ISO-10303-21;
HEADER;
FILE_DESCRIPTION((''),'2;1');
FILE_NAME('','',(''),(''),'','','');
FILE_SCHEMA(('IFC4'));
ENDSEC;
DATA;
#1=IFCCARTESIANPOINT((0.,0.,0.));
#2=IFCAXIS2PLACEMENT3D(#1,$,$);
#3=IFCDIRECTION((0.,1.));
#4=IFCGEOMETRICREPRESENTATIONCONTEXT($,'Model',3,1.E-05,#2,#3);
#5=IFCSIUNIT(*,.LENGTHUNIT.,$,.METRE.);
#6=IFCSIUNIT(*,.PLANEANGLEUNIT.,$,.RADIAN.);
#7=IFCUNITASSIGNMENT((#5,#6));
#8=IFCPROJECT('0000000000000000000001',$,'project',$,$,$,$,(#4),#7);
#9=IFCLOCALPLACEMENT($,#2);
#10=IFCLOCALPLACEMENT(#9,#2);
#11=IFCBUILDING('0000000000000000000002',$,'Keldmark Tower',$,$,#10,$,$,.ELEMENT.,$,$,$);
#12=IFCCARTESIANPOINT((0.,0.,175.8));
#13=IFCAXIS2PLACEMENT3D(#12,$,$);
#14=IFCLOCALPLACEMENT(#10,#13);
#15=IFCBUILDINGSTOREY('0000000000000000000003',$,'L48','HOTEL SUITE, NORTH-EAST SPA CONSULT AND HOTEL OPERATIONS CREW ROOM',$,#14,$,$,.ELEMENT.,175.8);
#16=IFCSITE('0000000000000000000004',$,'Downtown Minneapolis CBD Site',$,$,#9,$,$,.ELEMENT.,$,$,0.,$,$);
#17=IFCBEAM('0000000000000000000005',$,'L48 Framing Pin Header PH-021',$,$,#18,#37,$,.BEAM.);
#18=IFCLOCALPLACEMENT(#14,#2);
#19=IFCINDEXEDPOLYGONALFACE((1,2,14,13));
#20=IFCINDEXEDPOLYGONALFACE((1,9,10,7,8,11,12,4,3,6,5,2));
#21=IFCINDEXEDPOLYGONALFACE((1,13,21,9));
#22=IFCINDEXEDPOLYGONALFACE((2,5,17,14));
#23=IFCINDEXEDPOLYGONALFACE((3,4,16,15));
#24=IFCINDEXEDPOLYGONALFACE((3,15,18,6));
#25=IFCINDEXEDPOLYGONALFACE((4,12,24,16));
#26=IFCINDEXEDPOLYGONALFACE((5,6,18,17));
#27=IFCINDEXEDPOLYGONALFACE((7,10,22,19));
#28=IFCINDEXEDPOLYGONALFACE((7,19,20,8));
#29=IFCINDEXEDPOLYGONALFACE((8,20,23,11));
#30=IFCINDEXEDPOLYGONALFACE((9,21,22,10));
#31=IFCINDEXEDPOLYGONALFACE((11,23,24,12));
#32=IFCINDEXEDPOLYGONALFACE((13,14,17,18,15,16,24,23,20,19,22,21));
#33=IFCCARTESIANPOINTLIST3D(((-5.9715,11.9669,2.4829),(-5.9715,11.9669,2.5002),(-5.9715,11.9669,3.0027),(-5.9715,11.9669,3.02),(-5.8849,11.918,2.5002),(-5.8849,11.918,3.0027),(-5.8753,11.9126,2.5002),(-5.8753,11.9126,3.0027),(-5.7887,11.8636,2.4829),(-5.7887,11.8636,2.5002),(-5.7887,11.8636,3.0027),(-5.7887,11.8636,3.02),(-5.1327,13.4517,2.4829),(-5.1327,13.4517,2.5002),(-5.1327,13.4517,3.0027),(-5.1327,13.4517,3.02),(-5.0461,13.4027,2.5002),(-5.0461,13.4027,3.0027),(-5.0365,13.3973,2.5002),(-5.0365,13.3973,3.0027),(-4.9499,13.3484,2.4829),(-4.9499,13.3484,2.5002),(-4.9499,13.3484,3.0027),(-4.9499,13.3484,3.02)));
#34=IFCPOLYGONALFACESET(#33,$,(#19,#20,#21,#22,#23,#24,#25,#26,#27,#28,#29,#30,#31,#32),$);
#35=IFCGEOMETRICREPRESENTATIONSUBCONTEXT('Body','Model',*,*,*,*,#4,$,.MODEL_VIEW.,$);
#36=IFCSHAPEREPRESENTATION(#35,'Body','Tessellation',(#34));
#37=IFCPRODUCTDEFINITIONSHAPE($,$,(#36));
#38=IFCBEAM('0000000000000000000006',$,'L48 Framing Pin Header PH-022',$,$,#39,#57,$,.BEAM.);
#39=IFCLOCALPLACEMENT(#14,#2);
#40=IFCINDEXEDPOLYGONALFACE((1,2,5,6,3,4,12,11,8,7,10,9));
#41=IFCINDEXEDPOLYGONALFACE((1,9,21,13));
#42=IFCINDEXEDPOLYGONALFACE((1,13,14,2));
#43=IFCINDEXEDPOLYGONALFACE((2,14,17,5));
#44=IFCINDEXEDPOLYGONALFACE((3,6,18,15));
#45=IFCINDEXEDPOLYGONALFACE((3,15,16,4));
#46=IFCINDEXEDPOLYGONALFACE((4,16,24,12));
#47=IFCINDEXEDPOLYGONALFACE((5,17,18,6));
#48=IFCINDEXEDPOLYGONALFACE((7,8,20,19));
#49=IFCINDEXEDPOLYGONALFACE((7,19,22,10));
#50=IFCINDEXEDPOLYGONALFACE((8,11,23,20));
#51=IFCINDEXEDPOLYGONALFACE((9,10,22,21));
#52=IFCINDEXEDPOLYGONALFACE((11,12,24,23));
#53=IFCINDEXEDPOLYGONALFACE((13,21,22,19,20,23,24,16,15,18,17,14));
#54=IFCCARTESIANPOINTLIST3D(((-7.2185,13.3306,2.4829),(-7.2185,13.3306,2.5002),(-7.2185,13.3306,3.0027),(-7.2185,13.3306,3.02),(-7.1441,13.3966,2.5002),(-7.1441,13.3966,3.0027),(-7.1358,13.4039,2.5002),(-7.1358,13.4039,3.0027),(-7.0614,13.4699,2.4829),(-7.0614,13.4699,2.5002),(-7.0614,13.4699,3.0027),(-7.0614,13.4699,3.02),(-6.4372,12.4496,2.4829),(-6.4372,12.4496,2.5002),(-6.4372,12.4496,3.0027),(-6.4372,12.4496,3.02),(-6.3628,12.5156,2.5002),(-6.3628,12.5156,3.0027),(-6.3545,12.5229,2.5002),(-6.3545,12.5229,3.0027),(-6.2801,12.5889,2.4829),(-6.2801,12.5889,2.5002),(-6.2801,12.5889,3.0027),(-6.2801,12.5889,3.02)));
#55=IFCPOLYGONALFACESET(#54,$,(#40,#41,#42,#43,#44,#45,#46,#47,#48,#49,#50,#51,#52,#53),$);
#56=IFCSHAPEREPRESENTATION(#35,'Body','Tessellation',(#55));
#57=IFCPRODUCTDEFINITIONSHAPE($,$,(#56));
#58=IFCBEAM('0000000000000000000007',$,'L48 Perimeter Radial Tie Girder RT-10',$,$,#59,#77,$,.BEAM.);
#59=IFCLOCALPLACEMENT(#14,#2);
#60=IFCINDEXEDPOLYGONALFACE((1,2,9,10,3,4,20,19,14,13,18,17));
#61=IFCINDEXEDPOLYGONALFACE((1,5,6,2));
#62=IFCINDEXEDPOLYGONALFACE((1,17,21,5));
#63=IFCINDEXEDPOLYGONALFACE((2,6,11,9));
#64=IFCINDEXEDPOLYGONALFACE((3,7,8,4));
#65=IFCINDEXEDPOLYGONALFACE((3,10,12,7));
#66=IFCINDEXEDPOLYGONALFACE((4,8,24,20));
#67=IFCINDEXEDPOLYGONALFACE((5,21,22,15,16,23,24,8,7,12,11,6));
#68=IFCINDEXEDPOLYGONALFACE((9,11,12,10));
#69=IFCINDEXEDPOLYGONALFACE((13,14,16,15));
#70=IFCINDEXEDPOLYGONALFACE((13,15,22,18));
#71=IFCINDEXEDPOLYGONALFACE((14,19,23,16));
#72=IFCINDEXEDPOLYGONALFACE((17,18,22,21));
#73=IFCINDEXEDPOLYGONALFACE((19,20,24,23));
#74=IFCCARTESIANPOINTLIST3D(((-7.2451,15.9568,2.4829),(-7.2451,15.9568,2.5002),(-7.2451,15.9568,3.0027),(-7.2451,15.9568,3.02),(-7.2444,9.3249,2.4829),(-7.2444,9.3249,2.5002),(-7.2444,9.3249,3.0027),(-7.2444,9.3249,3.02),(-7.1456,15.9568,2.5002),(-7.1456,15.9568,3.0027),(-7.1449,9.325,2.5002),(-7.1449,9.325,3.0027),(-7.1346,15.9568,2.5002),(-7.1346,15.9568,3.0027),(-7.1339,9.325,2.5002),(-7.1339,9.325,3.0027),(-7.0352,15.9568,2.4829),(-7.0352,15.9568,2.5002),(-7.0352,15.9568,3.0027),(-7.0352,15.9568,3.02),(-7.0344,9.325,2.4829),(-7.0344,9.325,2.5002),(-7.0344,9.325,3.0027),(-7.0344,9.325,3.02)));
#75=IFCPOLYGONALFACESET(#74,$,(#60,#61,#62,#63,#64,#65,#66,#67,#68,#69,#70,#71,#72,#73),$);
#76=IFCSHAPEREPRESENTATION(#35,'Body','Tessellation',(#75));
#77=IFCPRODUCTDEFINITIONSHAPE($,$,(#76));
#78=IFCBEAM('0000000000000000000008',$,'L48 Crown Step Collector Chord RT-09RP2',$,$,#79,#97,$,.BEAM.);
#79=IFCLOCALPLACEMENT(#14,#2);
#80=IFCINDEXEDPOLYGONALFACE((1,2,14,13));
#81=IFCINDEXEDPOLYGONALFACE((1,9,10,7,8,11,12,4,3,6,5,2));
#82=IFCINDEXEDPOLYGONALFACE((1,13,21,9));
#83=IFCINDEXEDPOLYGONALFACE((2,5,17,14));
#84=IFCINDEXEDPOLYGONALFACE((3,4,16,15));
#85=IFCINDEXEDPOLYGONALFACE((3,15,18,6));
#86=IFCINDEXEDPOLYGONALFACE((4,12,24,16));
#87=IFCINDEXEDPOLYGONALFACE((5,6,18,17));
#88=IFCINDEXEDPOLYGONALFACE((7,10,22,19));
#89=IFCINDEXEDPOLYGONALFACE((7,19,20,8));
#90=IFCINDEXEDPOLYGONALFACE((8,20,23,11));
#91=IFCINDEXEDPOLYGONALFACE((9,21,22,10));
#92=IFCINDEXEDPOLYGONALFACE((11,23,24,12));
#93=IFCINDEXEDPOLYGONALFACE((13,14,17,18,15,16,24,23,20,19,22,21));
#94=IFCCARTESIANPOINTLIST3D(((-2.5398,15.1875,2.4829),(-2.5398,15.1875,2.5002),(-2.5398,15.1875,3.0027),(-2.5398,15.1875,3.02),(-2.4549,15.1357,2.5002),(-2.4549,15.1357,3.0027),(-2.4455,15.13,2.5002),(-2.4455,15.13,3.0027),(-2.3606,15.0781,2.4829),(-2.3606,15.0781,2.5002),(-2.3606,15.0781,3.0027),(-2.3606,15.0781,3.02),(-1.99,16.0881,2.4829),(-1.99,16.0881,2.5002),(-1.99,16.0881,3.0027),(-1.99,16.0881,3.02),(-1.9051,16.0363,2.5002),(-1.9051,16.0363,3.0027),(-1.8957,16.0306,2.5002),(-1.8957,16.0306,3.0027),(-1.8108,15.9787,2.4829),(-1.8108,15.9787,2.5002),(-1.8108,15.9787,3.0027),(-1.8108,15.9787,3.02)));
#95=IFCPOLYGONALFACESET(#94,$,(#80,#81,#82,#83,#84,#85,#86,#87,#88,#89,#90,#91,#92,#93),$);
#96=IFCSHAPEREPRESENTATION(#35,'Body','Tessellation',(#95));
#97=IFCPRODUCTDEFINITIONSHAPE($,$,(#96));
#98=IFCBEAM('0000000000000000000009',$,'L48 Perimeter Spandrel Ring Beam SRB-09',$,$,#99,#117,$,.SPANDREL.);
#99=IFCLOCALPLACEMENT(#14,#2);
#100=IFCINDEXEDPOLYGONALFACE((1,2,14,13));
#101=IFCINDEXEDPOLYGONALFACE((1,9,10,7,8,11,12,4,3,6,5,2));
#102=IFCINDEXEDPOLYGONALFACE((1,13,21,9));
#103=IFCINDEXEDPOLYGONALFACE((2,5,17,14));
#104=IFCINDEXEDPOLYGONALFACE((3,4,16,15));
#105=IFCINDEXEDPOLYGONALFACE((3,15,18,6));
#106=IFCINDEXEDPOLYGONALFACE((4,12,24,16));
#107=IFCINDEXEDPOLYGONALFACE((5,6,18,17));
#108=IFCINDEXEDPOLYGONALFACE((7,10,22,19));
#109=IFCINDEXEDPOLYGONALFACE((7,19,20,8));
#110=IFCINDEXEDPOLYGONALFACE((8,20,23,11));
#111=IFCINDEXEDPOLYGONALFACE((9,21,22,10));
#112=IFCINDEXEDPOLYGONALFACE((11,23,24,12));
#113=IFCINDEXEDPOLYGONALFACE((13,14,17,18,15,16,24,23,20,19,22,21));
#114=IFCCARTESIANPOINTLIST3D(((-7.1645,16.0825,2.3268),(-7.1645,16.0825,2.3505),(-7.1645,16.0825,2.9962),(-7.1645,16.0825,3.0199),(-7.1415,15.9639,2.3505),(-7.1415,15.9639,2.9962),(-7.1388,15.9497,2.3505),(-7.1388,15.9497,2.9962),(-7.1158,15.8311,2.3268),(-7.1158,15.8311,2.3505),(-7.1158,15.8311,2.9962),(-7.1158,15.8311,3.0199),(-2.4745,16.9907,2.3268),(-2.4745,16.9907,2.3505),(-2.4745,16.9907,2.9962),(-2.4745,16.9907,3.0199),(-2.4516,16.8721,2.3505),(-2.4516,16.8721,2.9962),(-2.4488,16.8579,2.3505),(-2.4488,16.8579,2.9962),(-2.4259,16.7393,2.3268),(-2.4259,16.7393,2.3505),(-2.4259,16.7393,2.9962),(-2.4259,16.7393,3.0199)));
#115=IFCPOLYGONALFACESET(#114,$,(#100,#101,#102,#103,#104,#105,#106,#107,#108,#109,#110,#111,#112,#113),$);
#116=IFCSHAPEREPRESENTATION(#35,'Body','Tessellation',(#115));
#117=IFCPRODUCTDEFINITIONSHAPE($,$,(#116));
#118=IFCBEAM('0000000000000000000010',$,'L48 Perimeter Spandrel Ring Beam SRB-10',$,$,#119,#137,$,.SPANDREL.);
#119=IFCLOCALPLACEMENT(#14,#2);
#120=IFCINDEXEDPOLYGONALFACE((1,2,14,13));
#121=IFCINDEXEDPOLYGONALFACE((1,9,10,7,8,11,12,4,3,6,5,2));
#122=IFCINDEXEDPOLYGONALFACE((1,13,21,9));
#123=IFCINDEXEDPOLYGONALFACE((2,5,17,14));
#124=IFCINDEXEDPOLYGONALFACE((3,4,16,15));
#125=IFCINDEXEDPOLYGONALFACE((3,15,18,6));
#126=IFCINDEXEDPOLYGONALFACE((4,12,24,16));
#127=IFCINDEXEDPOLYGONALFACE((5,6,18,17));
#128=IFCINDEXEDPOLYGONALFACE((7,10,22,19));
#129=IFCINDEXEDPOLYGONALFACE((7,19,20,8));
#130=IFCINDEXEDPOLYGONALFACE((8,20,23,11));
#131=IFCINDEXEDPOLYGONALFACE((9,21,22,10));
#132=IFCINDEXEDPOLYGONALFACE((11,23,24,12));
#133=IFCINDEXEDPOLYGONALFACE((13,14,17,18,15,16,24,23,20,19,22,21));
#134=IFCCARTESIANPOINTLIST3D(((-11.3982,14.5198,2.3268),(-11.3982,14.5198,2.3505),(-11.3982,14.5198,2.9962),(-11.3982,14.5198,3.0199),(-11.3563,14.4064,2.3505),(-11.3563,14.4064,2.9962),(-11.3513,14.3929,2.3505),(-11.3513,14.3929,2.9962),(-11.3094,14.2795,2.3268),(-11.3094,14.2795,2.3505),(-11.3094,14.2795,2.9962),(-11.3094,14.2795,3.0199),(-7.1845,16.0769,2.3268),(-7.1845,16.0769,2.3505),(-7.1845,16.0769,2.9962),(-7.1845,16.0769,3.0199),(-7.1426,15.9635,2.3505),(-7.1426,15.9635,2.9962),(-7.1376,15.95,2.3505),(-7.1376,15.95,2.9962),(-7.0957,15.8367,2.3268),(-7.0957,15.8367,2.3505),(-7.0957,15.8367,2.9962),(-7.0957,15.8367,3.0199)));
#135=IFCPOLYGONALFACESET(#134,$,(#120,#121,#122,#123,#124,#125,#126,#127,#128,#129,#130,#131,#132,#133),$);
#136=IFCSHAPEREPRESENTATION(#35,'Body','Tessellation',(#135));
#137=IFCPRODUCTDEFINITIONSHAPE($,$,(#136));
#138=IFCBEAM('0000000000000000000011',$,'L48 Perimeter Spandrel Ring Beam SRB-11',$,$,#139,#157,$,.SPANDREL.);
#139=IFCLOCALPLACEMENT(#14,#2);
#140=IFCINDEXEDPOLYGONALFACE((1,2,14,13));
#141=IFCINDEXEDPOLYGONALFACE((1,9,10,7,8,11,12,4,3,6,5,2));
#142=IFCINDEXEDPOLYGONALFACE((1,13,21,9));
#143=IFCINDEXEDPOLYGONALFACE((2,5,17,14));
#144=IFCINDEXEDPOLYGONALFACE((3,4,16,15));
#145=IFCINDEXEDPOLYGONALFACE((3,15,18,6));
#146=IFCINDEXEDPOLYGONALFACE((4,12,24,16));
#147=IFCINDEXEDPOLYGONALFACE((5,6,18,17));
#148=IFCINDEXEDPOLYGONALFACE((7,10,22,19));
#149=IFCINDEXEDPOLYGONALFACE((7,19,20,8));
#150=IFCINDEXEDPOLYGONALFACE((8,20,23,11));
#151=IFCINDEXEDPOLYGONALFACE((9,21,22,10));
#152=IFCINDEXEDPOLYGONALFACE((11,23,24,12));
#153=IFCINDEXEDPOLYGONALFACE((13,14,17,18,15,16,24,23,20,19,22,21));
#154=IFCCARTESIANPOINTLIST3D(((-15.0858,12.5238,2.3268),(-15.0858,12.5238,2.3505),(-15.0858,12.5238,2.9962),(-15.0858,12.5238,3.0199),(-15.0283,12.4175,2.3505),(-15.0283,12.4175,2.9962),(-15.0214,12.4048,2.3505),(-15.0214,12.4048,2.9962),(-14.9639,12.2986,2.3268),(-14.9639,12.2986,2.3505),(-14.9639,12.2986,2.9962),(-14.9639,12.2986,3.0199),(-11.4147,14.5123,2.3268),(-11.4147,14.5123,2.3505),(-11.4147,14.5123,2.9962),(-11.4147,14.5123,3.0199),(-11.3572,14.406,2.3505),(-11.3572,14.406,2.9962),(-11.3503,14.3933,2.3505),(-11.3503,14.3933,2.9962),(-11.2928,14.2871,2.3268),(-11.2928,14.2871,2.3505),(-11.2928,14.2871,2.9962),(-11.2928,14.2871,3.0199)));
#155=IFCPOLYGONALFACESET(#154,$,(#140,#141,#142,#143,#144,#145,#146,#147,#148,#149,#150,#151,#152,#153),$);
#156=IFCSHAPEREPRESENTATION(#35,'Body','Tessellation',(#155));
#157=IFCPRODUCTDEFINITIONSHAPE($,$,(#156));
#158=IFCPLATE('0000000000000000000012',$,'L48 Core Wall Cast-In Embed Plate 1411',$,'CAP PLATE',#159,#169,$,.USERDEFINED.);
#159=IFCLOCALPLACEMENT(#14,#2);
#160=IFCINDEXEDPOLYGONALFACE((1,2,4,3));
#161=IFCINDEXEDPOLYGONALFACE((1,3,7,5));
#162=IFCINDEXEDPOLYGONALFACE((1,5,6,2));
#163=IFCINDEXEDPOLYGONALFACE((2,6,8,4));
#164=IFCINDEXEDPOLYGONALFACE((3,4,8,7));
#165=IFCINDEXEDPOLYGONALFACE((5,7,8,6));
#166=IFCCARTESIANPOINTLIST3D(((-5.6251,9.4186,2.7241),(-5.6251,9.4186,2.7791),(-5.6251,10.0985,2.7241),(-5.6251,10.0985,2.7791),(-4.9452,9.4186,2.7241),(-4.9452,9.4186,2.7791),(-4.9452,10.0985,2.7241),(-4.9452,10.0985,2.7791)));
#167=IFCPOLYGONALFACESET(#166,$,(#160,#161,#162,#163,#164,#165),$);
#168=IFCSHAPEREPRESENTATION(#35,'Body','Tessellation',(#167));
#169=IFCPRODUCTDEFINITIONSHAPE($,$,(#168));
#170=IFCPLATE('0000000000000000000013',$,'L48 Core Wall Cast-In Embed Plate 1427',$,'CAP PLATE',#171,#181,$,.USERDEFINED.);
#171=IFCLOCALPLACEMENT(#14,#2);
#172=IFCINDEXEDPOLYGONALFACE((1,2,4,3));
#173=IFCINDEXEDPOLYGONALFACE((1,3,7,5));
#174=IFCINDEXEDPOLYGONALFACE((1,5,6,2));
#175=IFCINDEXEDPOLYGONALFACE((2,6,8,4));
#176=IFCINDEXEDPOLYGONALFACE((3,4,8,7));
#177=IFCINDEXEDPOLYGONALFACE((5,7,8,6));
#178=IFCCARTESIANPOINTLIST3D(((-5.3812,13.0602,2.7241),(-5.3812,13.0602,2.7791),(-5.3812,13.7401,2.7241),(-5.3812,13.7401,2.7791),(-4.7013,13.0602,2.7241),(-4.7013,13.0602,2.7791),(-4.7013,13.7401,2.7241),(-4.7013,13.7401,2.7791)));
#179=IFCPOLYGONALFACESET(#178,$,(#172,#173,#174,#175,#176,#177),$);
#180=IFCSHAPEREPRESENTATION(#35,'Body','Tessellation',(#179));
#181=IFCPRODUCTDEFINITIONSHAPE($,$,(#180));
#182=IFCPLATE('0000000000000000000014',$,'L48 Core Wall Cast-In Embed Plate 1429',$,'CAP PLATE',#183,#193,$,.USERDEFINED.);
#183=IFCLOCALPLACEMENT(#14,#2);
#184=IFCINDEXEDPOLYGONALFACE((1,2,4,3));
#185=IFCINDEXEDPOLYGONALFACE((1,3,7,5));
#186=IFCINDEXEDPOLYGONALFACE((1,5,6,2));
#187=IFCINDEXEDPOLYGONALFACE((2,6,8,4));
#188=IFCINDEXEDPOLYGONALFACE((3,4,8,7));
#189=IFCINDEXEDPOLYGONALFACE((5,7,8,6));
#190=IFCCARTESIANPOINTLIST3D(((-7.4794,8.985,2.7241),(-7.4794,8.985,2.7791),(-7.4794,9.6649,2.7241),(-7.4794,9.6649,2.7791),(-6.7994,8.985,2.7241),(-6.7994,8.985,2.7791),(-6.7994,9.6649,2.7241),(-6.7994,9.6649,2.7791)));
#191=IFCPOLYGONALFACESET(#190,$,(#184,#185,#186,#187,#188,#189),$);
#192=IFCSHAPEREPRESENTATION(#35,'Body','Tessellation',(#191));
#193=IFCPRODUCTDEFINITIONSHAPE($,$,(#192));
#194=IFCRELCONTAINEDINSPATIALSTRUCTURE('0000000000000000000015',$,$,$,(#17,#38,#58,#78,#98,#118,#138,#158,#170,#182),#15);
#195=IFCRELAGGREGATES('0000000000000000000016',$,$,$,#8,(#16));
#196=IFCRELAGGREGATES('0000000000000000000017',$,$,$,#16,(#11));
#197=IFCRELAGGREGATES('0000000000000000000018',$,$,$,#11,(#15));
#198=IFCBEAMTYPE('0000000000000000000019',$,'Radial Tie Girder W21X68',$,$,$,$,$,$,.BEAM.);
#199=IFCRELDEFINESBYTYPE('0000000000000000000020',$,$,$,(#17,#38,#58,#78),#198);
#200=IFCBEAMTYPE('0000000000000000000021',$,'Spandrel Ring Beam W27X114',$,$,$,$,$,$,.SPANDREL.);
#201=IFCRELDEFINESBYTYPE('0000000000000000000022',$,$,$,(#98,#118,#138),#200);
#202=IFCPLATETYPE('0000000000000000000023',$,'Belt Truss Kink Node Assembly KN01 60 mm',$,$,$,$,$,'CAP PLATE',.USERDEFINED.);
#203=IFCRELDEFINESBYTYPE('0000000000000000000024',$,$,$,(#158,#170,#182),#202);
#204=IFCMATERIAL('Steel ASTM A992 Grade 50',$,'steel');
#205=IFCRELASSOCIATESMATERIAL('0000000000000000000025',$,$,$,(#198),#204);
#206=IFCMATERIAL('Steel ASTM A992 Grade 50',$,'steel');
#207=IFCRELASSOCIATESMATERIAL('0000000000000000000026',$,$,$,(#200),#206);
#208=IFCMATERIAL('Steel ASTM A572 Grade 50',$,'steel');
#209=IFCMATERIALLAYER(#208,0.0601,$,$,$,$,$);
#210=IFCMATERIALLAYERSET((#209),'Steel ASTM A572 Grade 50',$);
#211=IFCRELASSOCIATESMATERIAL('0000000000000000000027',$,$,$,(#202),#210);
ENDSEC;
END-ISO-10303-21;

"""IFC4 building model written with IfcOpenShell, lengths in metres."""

from ifc_helpers import new_model, si_unit, direction, frame, origin, origin_2d, place, context, subcontext, project, spatial, rectangle, i_section, extrude, material, layer, layer_set, material_profile, profile_set, type_object, element, save


model = new_model("IFC4")

# Units and contexts
model_context = context("Model", 3, precision=1e-05, world=origin(), true_north=direction((0.0, 1.0)))
body_context = subcontext(model_context, "Body", "Model", "MODEL_VIEW")
ifc_project = project(units=[si_unit("LENGTHUNIT", "METRE"), si_unit("PLANEANGLEUNIT", "RADIAN")], contexts=[model_context])

# Site, building, storey
site_placement = place(None, origin())
site = spatial("IfcSite", under=ifc_project, at=site_placement, Name="Downtown Minneapolis CBD Site", CompositionType="ELEMENT", RefElevation=0.0)
building_placement = place(site_placement, origin())
building = spatial("IfcBuilding", under=site, at=building_placement, Name="Keldmark Tower", CompositionType="ELEMENT")
storey_placement = place(building_placement, frame((0.0, 0.0, 175.8)))
storey = spatial("IfcBuildingStorey", under=building, at=storey_placement, Name="L48", Description="HOTEL SUITE, NORTH-EAST SPA CONSULT AND HOTEL OPERATIONS CREW ROOM", CompositionType="ELEMENT", Elevation=175.8)

# Beams
ifc_material_1 = material(Name="Steel ASTM A992 Grade 50", Category="steel")
ifc_material_profile_1 = material_profile(ifc_material_1, i_section(OverallWidth=0.21, OverallDepth=0.5371, WebThickness=0.011, FlangeThickness=0.0173, at=origin_2d()), Name="W21X68")
ifc_profile_set_1 = profile_set([ifc_material_profile_1], Name="Steel ASTM A992 Grade 50")
beam_type_1 = type_object("IfcBeamType", Name="Radial Tie Girder W21X68", PredefinedType="BEAM", material=ifc_profile_set_1)
beam_1_placement = place(storey_placement, frame((-5.8801, 11.9153, 2.7515), z_axis=(0.491878, 0.870664, 0.0), x_axis=(-0.870664, 0.491878, 0.0)))
element("IfcBeam", 1, at=beam_1_placement, inside=storey, type_object=beam_type_1, Name="L48 Framing Pin Header PH-021", PredefinedType="BEAM", context=body_context, shape_type="SweptSolid", body=[
    extrude(i_section(OverallWidth=0.21, OverallDepth=0.5371, WebThickness=0.011, FlangeThickness=0.0173, at=origin_2d()), origin(), (0.0, 0.0, 1.0), 1.7053),
])
beam_2_placement = place(storey_placement, frame((-6.3586, 12.5193, 2.7515), z_axis=(-0.66354, 0.748141, 0.0), x_axis=(-0.748141, -0.66354, 0.0)))
element("IfcBeam", 2, at=beam_2_placement, inside=storey, type_object=beam_type_1, Name="L48 Framing Pin Header PH-022", PredefinedType="BEAM", context=body_context, shape_type="SweptSolid", body=[
    extrude(i_section(OverallWidth=0.21, OverallDepth=0.5371, WebThickness=0.011, FlangeThickness=0.0173, at=origin_2d()), origin(), (0.0, 0.0, 1.0), 1.1775),
])
beam_3_placement = place(storey_placement, frame((-7.1394, 9.325, 2.7515), z_axis=(-0.00011, 1.0, 0.0), x_axis=(-1.0, -0.00011, 0.0)))
element("IfcBeam", 3, at=beam_3_placement, inside=storey, type_object=beam_type_1, Name="L48 Perimeter Radial Tie Girder RT-10", PredefinedType="BEAM", context=body_context, shape_type="SweptSolid", body=[
    extrude(i_section(OverallWidth=0.21, OverallDepth=0.5371, WebThickness=0.011, FlangeThickness=0.0173, at=origin_2d()), origin(), (0.0, 0.0, 1.0), 6.6318),
])
beam_4_placement = place(storey_placement, frame((-1.9004, 16.0334, 2.7515), z_axis=(-0.521048, -0.853528, 0.0), x_axis=(0.853528, -0.521048, 0.0)))
element("IfcBeam", 4, at=beam_4_placement, inside=storey, type_object=beam_type_1, Name="L48 Crown Step Collector Chord RT-09RP2", PredefinedType="BEAM", context=body_context, shape_type="SweptSolid", body=[
    extrude(i_section(OverallWidth=0.21, OverallDepth=0.5371, WebThickness=0.011, FlangeThickness=0.0173, at=origin_2d()), origin(), (0.0, 0.0, 1.0), 1.0552),
])
ifc_material_2 = material(Name="Steel ASTM A992 Grade 50", Category="steel")
ifc_material_profile_2 = material_profile(ifc_material_2, i_section(OverallWidth=0.2561, OverallDepth=0.6931, WebThickness=0.0144, FlangeThickness=0.0237, at=origin_2d()), Name="W27X114")
ifc_profile_set_2 = profile_set([ifc_material_profile_2], Name="Steel ASTM A992 Grade 50")
beam_type_2 = type_object("IfcBeamType", Name="Spandrel Ring Beam W27X114", PredefinedType="SPANDREL", material=ifc_profile_set_2)
beam_5_placement = place(storey_placement, frame((-2.4502, 16.865, 2.6733), z_axis=(-0.981761, -0.190117, 0.0), x_axis=(0.190117, -0.981761, 0.0)))
element("IfcBeam", 5, at=beam_5_placement, inside=storey, type_object=beam_type_2, Name="L48 Perimeter Spandrel Ring Beam SRB-09", PredefinedType="SPANDREL", context=body_context, shape_type="SweptSolid", body=[
    extrude(i_section(OverallWidth=0.2561, OverallDepth=0.6931, WebThickness=0.0144, FlangeThickness=0.0237, at=origin_2d()), origin(), (0.0, 0.0, 1.0), 4.7771),
])
beam_6_placement = place(storey_placement, frame((-7.1401, 15.9568, 2.6733), z_axis=(-0.938, -0.346635, 0.0), x_axis=(0.346635, -0.938, 0.0)))
element("IfcBeam", 6, at=beam_6_placement, inside=storey, type_object=beam_type_2, Name="L48 Perimeter Spandrel Ring Beam SRB-10", PredefinedType="SPANDREL", context=body_context, shape_type="SweptSolid", body=[
    extrude(i_section(OverallWidth=0.2561, OverallDepth=0.6931, WebThickness=0.0144, FlangeThickness=0.0237, at=origin_2d()), origin(), (0.0, 0.0, 1.0), 4.4922),
])
beam_7_placement = place(storey_placement, frame((-11.3538, 14.3997, 2.6733), z_axis=(-0.879293, -0.476281, 0.0), x_axis=(0.476281, -0.879293, 0.0)))
element("IfcBeam", 7, at=beam_7_placement, inside=storey, type_object=beam_type_2, Name="L48 Perimeter Spandrel Ring Beam SRB-11", PredefinedType="SPANDREL", context=body_context, shape_type="SweptSolid", body=[
    extrude(i_section(OverallWidth=0.2561, OverallDepth=0.6931, WebThickness=0.0144, FlangeThickness=0.0237, at=origin_2d()), origin(), (0.0, 0.0, 1.0), 4.175),
])

# Plates
ifc_material_3 = material(Name="Steel ASTM A572 Grade 50", Category="steel")
ifc_layer_1 = layer(ifc_material_3, 0.0601)
ifc_layer_set_1 = layer_set([ifc_layer_1], Name="Steel ASTM A572 Grade 50")
plate_type_1 = type_object("IfcPlateType", Name="Belt Truss Kink Node Assembly KN01 60 mm", ElementType="CAP PLATE", PredefinedType="USERDEFINED", material=ifc_layer_set_1)
for number, where, z_axis, x_axis, name in (
    (8, (-5.2852, 9.7585, 2.7241), (0.0, 0.0, 1.0), (1.0, 0.0, 0.0), "L48 Core Wall Cast-In Embed Plate 1411"),
    (9, (-5.0413, 13.4001, 2.7241), (0.0, 0.0, 1.0), (1.0, 0.0, 0.0), "L48 Core Wall Cast-In Embed Plate 1427"),
    (10, (-7.1394, 9.325, 2.7241), (0.0, 0.0, 1.0), (1.0, 0.0, 0.0), "L48 Core Wall Cast-In Embed Plate 1429"),
):
    element("IfcPlate", number, at=place(storey_placement, frame(where, z_axis=z_axis, x_axis=x_axis)), inside=storey, type_object=plate_type_1, Name=name, ObjectType="CAP PLATE", PredefinedType="USERDEFINED", context=body_context, shape_type="SweptSolid", body=[
        extrude(rectangle(XDim=0.6799, YDim=0.6799, at=origin_2d()), origin(), (0.0, 0.0, 1.0), 0.0549),
    ])

save(model, "model.ifc")
